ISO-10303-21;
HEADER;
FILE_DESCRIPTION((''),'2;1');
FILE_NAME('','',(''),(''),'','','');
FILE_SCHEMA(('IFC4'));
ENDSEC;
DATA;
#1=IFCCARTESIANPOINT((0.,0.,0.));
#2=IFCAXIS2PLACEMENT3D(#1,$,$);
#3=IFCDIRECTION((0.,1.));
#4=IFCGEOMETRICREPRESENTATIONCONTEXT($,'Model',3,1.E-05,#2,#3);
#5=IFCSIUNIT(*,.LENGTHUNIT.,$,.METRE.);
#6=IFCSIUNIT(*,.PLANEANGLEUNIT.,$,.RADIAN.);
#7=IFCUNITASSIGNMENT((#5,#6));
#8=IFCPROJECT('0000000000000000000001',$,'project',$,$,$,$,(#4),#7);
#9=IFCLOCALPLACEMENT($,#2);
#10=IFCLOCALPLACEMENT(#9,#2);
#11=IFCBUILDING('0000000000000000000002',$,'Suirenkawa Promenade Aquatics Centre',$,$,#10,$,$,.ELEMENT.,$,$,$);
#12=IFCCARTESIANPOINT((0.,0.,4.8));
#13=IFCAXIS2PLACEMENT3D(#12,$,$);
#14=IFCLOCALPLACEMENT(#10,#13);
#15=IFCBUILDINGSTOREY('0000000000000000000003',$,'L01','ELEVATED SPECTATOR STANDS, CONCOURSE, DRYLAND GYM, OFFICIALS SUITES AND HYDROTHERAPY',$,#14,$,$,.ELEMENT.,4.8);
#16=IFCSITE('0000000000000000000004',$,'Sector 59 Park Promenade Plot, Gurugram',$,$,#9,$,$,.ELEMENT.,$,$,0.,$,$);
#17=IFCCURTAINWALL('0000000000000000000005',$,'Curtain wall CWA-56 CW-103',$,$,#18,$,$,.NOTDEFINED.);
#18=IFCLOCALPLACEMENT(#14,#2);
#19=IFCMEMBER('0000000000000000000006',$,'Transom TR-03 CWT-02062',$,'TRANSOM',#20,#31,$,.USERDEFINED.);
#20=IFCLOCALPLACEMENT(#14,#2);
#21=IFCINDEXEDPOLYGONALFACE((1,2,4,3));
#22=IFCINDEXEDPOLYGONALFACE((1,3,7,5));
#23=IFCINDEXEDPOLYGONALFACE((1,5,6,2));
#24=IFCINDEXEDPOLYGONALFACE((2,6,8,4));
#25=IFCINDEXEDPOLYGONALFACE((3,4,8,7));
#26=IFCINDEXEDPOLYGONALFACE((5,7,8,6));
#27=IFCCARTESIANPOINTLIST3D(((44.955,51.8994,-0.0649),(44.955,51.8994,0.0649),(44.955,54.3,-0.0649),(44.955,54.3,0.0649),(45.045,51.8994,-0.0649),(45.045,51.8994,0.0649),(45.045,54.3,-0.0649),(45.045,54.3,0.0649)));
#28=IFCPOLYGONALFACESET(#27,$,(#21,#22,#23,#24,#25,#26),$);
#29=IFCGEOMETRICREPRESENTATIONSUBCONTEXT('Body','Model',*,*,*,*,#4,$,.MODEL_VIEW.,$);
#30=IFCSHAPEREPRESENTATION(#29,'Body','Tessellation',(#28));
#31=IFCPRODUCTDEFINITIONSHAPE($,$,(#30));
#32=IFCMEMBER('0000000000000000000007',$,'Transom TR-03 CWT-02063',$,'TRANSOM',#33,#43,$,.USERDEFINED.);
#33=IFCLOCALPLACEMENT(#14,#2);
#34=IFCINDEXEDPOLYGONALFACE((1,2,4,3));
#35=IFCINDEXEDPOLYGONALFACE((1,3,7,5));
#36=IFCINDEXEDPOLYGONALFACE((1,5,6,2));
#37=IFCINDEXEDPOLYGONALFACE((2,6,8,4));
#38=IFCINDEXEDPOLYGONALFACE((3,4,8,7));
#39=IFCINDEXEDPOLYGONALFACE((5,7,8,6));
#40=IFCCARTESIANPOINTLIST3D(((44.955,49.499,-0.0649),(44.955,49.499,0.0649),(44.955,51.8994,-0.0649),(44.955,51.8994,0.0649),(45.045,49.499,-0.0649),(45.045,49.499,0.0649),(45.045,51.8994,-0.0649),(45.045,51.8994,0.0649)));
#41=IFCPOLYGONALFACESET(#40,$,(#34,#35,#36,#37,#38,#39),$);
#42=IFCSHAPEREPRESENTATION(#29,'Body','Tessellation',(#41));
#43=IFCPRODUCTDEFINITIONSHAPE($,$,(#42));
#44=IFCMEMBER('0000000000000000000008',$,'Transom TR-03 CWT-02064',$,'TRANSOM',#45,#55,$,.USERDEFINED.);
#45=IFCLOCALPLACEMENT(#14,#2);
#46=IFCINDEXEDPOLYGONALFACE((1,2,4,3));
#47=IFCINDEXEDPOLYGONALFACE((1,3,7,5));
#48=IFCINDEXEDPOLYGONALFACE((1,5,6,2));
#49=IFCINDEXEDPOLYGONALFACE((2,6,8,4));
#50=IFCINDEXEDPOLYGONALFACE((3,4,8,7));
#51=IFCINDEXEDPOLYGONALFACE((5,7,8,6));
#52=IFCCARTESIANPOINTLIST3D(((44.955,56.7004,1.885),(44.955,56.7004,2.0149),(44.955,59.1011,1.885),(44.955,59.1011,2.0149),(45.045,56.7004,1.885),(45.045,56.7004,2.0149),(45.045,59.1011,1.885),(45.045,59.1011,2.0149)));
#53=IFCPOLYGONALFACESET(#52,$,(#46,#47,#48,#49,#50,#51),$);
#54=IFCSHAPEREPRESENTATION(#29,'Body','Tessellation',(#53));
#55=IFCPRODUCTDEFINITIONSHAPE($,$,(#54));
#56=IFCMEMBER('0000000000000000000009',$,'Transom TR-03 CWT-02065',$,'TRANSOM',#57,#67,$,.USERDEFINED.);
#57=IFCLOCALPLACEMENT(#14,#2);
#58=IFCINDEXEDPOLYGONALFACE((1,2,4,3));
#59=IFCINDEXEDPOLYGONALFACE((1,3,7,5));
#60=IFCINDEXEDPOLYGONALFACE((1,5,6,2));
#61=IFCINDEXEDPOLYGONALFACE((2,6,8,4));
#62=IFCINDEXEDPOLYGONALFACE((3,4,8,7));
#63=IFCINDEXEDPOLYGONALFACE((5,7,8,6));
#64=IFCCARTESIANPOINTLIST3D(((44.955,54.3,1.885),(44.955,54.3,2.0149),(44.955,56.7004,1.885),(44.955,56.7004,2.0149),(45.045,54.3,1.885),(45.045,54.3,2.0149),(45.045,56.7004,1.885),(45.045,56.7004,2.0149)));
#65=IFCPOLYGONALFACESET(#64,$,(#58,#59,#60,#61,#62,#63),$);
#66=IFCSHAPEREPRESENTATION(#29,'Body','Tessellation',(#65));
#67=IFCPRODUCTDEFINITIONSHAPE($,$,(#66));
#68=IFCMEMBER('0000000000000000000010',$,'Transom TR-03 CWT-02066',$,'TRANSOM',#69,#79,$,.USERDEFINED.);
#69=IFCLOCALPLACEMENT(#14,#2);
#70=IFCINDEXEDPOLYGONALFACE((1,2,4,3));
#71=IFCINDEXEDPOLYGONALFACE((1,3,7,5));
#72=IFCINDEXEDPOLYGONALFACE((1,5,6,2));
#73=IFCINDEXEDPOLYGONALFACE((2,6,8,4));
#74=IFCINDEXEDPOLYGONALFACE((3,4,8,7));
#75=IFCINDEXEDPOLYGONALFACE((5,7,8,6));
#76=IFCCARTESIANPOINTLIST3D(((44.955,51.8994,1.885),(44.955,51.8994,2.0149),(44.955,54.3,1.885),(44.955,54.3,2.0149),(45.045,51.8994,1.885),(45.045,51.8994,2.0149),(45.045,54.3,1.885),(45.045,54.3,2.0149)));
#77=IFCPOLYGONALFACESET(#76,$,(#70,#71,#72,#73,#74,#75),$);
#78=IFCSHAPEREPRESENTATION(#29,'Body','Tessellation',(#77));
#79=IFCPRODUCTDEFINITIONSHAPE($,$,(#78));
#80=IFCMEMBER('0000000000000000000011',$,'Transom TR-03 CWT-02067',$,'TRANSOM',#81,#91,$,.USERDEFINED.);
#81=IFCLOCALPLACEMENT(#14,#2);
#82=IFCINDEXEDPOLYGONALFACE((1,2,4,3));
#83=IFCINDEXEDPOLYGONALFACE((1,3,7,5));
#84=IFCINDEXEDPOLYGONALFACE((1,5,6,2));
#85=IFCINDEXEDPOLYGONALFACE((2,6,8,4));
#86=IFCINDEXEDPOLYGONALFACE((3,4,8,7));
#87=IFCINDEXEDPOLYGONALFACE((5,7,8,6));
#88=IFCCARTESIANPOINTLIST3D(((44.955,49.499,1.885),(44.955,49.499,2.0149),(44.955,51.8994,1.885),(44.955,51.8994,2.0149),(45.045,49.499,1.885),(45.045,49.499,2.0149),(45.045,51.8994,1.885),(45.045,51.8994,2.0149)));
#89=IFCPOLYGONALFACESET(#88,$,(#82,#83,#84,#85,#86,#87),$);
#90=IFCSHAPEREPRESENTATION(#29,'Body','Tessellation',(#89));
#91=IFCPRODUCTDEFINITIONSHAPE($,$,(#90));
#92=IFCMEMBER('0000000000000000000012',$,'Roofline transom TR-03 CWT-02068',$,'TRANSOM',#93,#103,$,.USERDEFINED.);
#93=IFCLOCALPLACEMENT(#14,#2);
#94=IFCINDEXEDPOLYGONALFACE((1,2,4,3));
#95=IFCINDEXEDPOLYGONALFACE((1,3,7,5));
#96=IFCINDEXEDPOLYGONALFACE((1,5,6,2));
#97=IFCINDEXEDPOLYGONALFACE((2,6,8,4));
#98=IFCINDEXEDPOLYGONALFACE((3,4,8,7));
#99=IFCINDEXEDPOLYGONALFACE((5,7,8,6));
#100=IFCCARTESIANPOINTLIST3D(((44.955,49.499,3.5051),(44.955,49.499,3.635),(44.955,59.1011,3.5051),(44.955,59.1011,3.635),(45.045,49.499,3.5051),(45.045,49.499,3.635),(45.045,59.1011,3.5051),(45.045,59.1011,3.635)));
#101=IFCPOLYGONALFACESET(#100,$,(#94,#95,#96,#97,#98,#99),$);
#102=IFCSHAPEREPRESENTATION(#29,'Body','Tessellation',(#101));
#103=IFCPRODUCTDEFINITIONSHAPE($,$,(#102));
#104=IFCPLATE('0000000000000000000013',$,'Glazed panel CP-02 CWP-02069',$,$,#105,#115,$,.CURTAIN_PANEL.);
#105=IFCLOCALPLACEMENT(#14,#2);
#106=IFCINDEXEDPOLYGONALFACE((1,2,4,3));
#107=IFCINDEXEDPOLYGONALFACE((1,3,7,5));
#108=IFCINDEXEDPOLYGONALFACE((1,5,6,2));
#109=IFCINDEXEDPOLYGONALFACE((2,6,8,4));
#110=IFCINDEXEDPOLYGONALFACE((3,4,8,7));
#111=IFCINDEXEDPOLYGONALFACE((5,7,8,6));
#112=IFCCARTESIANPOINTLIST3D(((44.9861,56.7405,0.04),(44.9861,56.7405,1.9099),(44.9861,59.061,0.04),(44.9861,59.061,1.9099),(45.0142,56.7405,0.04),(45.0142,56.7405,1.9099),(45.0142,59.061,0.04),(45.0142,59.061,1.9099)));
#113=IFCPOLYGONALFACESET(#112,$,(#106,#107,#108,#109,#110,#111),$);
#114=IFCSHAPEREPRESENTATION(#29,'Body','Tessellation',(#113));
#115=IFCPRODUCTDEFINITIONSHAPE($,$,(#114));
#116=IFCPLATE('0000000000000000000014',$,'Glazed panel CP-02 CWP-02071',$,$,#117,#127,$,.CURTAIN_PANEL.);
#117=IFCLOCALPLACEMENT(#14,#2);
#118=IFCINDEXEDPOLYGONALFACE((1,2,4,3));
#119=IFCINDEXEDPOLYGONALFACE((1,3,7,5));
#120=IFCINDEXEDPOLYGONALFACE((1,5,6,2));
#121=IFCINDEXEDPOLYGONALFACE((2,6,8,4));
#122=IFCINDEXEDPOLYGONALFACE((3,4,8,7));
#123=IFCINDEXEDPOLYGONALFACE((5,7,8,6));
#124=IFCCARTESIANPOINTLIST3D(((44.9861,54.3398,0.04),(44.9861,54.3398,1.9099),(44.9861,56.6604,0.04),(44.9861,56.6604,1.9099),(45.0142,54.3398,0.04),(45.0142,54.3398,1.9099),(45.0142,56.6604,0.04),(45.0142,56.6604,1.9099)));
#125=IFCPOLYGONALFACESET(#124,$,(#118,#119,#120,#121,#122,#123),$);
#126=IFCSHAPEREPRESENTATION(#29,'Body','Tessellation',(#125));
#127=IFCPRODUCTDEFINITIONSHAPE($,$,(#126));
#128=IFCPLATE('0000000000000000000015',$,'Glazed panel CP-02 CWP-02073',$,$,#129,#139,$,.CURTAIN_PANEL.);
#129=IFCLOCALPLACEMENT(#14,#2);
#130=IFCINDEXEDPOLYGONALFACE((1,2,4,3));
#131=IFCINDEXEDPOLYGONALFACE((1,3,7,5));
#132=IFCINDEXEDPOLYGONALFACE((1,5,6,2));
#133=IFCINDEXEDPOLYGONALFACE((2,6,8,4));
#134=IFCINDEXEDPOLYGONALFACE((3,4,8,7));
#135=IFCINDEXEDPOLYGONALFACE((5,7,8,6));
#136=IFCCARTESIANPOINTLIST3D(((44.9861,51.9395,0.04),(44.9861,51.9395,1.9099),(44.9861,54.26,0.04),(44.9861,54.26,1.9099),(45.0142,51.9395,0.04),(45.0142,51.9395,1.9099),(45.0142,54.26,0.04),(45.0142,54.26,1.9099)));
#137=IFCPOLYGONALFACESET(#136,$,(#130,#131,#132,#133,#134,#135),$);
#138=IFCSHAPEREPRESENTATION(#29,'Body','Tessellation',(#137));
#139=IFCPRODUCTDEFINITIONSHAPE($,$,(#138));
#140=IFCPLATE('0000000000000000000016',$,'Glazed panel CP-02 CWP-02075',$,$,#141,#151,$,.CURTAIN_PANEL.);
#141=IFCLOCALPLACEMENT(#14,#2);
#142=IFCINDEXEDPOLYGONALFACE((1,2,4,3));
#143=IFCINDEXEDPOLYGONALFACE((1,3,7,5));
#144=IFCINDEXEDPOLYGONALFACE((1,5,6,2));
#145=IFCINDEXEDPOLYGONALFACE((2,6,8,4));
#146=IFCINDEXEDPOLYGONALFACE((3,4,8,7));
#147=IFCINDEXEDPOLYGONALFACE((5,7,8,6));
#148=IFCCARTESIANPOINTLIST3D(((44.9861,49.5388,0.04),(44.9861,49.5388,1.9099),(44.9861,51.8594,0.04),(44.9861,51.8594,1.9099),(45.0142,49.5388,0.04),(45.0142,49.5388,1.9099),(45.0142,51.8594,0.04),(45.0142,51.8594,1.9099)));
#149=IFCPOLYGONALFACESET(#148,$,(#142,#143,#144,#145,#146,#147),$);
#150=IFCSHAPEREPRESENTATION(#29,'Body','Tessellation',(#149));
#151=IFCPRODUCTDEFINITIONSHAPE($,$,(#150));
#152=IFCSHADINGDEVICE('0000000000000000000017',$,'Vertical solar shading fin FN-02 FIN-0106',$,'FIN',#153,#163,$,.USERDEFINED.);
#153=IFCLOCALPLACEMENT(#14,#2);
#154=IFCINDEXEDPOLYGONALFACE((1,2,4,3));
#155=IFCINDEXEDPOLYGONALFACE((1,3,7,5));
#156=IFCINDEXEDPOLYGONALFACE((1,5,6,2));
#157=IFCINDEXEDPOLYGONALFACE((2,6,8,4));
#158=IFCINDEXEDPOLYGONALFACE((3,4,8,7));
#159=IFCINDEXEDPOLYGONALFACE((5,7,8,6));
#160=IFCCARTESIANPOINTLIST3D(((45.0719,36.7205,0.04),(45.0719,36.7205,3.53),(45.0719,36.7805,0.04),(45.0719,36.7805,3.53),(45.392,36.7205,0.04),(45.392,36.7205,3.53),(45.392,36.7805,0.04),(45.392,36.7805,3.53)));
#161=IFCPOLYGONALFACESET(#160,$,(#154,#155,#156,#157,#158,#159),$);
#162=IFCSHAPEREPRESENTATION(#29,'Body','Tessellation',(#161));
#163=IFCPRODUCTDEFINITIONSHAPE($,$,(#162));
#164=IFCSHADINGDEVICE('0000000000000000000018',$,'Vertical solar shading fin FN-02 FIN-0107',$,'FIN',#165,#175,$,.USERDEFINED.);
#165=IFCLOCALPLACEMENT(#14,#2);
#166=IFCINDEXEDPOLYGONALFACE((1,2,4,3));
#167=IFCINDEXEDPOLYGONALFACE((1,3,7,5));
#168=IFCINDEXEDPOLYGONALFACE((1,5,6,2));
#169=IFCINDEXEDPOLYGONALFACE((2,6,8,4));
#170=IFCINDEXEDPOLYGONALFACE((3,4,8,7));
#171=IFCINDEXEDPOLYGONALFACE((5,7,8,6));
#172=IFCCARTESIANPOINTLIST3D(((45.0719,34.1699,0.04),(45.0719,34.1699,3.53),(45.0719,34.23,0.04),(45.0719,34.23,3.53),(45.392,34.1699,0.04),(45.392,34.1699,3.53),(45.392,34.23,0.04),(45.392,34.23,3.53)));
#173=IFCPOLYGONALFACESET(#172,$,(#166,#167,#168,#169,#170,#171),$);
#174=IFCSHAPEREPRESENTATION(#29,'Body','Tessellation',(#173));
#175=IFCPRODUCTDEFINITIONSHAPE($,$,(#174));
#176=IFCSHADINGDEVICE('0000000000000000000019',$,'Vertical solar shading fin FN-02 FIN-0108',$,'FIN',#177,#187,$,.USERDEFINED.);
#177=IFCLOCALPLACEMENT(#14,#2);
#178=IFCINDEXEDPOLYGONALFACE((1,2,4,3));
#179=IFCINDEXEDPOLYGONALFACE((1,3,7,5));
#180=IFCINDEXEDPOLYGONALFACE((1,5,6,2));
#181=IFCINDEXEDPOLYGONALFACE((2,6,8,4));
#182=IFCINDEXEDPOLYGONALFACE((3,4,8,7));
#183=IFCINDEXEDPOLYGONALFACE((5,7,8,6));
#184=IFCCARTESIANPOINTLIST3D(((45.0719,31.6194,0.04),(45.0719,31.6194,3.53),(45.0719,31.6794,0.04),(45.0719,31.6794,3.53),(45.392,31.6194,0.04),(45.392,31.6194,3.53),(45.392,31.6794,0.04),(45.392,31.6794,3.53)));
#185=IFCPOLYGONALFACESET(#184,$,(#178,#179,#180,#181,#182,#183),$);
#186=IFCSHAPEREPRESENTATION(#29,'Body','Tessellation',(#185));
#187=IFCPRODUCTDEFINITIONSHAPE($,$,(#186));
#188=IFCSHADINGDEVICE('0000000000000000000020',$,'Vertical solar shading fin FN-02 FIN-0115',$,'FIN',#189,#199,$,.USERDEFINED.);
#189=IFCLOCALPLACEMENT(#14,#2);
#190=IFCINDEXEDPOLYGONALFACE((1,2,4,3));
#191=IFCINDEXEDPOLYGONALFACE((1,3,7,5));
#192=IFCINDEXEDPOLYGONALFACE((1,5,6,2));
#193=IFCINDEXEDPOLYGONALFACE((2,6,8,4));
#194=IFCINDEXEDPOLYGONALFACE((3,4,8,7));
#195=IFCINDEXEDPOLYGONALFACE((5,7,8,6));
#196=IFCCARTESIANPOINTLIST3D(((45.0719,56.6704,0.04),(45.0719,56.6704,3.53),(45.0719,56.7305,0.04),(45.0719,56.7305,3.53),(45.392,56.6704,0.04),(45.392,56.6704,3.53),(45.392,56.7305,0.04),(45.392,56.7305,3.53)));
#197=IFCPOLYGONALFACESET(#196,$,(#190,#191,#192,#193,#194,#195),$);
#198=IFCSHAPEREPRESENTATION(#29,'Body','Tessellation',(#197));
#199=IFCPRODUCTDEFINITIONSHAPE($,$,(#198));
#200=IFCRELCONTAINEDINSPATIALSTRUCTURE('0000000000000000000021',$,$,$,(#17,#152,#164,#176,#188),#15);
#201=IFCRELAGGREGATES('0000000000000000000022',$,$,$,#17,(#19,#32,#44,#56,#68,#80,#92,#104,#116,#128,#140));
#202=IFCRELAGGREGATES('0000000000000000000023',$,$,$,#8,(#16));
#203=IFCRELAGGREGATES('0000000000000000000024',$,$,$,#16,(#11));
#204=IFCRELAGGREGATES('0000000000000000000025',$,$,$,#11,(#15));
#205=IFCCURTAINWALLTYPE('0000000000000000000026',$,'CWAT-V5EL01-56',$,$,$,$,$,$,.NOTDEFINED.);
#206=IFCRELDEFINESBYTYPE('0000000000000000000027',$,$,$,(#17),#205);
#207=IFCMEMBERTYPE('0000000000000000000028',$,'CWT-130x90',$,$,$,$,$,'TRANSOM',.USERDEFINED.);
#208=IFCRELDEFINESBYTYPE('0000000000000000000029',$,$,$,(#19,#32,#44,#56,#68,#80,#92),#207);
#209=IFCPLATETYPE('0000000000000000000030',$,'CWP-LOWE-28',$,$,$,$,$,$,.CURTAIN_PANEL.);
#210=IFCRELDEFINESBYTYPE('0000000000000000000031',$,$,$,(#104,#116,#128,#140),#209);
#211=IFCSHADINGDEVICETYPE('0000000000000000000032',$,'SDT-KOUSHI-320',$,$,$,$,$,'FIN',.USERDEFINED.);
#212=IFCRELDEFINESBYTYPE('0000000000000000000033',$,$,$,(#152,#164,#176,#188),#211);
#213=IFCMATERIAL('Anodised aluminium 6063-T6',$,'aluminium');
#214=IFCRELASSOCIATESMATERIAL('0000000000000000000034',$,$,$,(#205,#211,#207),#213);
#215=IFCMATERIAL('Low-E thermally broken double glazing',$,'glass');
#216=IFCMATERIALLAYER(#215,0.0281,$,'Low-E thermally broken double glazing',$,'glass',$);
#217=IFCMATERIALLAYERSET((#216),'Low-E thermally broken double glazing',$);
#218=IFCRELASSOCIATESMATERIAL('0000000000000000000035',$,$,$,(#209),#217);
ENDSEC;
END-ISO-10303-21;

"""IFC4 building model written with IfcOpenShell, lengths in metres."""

from ifc_helpers import new_model, si_unit, direction, frame, origin, origin_2d, place, context, subcontext, project, spatial, polyline, rectangle, outline, extrude, material, layer, layer_set, material_profile, profile_set, type_object, element, aggregate, save


model = new_model("IFC4")

# Units and contexts
model_context = context("Model", 3, precision=1e-05, world=origin(), true_north=direction((0.0, 1.0)))
body_context = subcontext(model_context, "Body", "Model", "MODEL_VIEW")
ifc_project = project(units=[si_unit("LENGTHUNIT", "METRE"), si_unit("PLANEANGLEUNIT", "RADIAN")], contexts=[model_context])

# Site, building, storey
site_placement = place(None, origin())
site = spatial("IfcSite", under=ifc_project, at=site_placement, Name="Sector 59 Park Promenade Plot, Gurugram", CompositionType="ELEMENT", RefElevation=0.0)
building_placement = place(site_placement, origin())
building = spatial("IfcBuilding", under=site, at=building_placement, Name="Suirenkawa Promenade Aquatics Centre", CompositionType="ELEMENT")
storey_placement = place(building_placement, frame((0.0, 0.0, 4.8)))
storey = spatial("IfcBuildingStorey", under=building, at=storey_placement, Name="L01", Description="ELEVATED SPECTATOR STANDS, CONCOURSE, DRYLAND GYM, OFFICIALS SUITES AND HYDROTHERAPY", CompositionType="ELEMENT", Elevation=4.8)

# Curtain wall, members, plates
ifc_material_1 = material(Name="Anodised aluminium 6063-T6", Category="aluminium")
curtain_wall_type = type_object("IfcCurtainWallType", Name="CWAT-V5EL01-56", PredefinedType="NOTDEFINED", material=ifc_material_1)
curtain_wall_placement = place(storey_placement, origin())
curtain_wall = element("IfcCurtainWall", 1, at=curtain_wall_placement, inside=storey, type_object=curtain_wall_type, Name="Curtain wall CWA-56 CW-103", PredefinedType="NOTDEFINED")
ifc_material_profile_1 = material_profile(ifc_material_1, rectangle(XDim=0.0901, YDim=0.1299, at=origin_2d()), Name="ALU TRAN 90x130", Category="aluminium")
ifc_profile_set_1 = profile_set([ifc_material_profile_1], Name="Anodised aluminium 6063-T6")
member_type_1 = type_object("IfcMemberType", Name="CWT-130x90", ElementType="TRANSOM", PredefinedType="USERDEFINED", material=ifc_profile_set_1)
member_1_placement = place(storey_placement, frame((45.0, 54.3, 0.0), z_axis=(0.0, -1.0, 0.0), x_axis=(1.0, 0.0, 0.0)))
member_1 = element("IfcMember", 2, at=member_1_placement, type_object=member_type_1, Name="Transom TR-03 CWT-02062", ObjectType="TRANSOM", PredefinedType="USERDEFINED", context=body_context, shape_type="SweptSolid", body=[
    extrude(rectangle(XDim=0.0901, YDim=0.1299, at=origin_2d()), origin(), (0.0, 0.0, 1.0), 2.4006),
])
member_2_placement = place(storey_placement, frame((45.0, 51.8994, 0.0), z_axis=(0.0, -1.0, 0.0), x_axis=(1.0, 0.0, 0.0)))
member_2 = element("IfcMember", 3, at=member_2_placement, type_object=member_type_1, Name="Transom TR-03 CWT-02063", ObjectType="TRANSOM", PredefinedType="USERDEFINED", context=body_context, shape_type="SweptSolid", body=[
    extrude(rectangle(XDim=0.0901, YDim=0.1299, at=origin_2d()), origin(), (0.0, 0.0, 1.0), 2.4004),
])
member_3_placement = place(storey_placement, frame((45.0, 59.1011, 1.95), z_axis=(0.0, -1.0, 0.0), x_axis=(1.0, 0.0, 0.0)))
member_3 = element("IfcMember", 4, at=member_3_placement, type_object=member_type_1, Name="Transom TR-03 CWT-02064", ObjectType="TRANSOM", PredefinedType="USERDEFINED", context=body_context, shape_type="SweptSolid", body=[
    extrude(rectangle(XDim=0.0901, YDim=0.1299, at=origin_2d()), origin(), (0.0, 0.0, 1.0), 2.4006),
])
member_4_placement = place(storey_placement, frame((45.0, 56.7004, 1.95), z_axis=(0.0, -1.0, 0.0), x_axis=(1.0, 0.0, 0.0)))
member_4 = element("IfcMember", 5, at=member_4_placement, type_object=member_type_1, Name="Transom TR-03 CWT-02065", ObjectType="TRANSOM", PredefinedType="USERDEFINED", context=body_context, shape_type="SweptSolid", body=[
    extrude(rectangle(XDim=0.0901, YDim=0.1299, at=origin_2d()), origin(), (0.0, 0.0, 1.0), 2.4004),
])
member_5_placement = place(storey_placement, frame((45.0, 54.3, 1.95), z_axis=(0.0, -1.0, 0.0), x_axis=(1.0, 0.0, 0.0)))
member_5 = element("IfcMember", 6, at=member_5_placement, type_object=member_type_1, Name="Transom TR-03 CWT-02066", ObjectType="TRANSOM", PredefinedType="USERDEFINED", context=body_context, shape_type="SweptSolid", body=[
    extrude(rectangle(XDim=0.0901, YDim=0.1299, at=origin_2d()), origin(), (0.0, 0.0, 1.0), 2.4006),
])
member_6_placement = place(storey_placement, frame((45.0, 51.8994, 1.95), z_axis=(0.0, -1.0, 0.0), x_axis=(1.0, 0.0, 0.0)))
member_6 = element("IfcMember", 7, at=member_6_placement, type_object=member_type_1, Name="Transom TR-03 CWT-02067", ObjectType="TRANSOM", PredefinedType="USERDEFINED", context=body_context, shape_type="SweptSolid", body=[
    extrude(rectangle(XDim=0.0901, YDim=0.1299, at=origin_2d()), origin(), (0.0, 0.0, 1.0), 2.4004),
])
member_7_placement = place(storey_placement, frame((45.0, 59.1011, 3.5701), z_axis=(0.0, -1.0, 0.0), x_axis=(1.0, 0.0, 0.0)))
member_7 = element("IfcMember", 8, at=member_7_placement, type_object=member_type_1, Name="Roofline transom TR-03 CWT-02068", ObjectType="TRANSOM", PredefinedType="USERDEFINED", context=body_context, shape_type="SweptSolid", body=[
    extrude(rectangle(XDim=0.0901, YDim=0.1299, at=origin_2d()), origin(), (0.0, 0.0, 1.0), 9.6021),
])
ifc_material_2 = material(Name="Low-E thermally broken double glazing", Category="glass")
ifc_layer = layer(ifc_material_2, 0.0281, Name="Low-E thermally broken double glazing", Category="glass")
ifc_layer_set = layer_set([ifc_layer], Name="Low-E thermally broken double glazing")
plate_type = type_object("IfcPlateType", Name="CWP-LOWE-28", PredefinedType="CURTAIN_PANEL", material=ifc_layer_set)
plate_1_placement = place(storey_placement, frame((45.0, 59.1011, 0.04), z_axis=(0.0, 0.0, 1.0), x_axis=(0.0, -1.0, 0.0)))
plate_1 = element("IfcPlate", 9, at=plate_1_placement, type_object=plate_type, Name="Glazed panel CP-02 CWP-02069", PredefinedType="CURTAIN_PANEL", context=body_context, shape_type="SweptSolid", body=[
    extrude(outline(polyline([(0.04, 0.0), (2.3606, 0.0), (2.3606, 1.8699), (0.04, 1.8699), (0.04, 0.0)])), frame((0.0, 0.0142, 0.0), z_axis=(0.0, -1.0, 0.0), x_axis=(1.0, 0.0, 0.0)), (0.0, 0.0, 1.0), 0.0281),
])
plate_2_placement = place(storey_placement, frame((45.0, 56.7004, 0.04), z_axis=(0.0, 0.0, 1.0), x_axis=(0.0, -1.0, 0.0)))
plate_2 = element("IfcPlate", 10, at=plate_2_placement, type_object=plate_type, Name="Glazed panel CP-02 CWP-02071", PredefinedType="CURTAIN_PANEL", context=body_context, shape_type="SweptSolid", body=[
    extrude(outline(polyline([(0.04, 0.0), (2.3606, 0.0), (2.3606, 1.8699), (0.04, 1.8699), (0.04, 0.0)])), frame((0.0, 0.0142, 0.0), z_axis=(0.0, -1.0, 0.0), x_axis=(1.0, 0.0, 0.0)), (0.0, 0.0, 1.0), 0.0281),
])
plate_3_placement = place(storey_placement, frame((45.0, 54.3, 0.04), z_axis=(0.0, 0.0, 1.0), x_axis=(0.0, -1.0, 0.0)))
plate_3 = element("IfcPlate", 11, at=plate_3_placement, type_object=plate_type, Name="Glazed panel CP-02 CWP-02073", PredefinedType="CURTAIN_PANEL", context=body_context, shape_type="SweptSolid", body=[
    extrude(outline(polyline([(0.04, 0.0), (2.3606, 0.0), (2.3606, 1.8699), (0.04, 1.8699), (0.04, 0.0)])), frame((0.0, 0.0142, 0.0), z_axis=(0.0, -1.0, 0.0), x_axis=(1.0, 0.0, 0.0)), (0.0, 0.0, 1.0), 0.0281),
])
plate_4_placement = place(storey_placement, frame((45.0, 51.8994, 0.04), z_axis=(0.0, 0.0, 1.0), x_axis=(0.0, -1.0, 0.0)))
plate_4 = element("IfcPlate", 12, at=plate_4_placement, type_object=plate_type, Name="Glazed panel CP-02 CWP-02075", PredefinedType="CURTAIN_PANEL", context=body_context, shape_type="SweptSolid", body=[
    extrude(outline(polyline([(0.04, 0.0), (2.3606, 0.0), (2.3606, 1.8699), (0.04, 1.8699), (0.04, 0.0)])), frame((0.0, 0.0142, 0.0), z_axis=(0.0, -1.0, 0.0), x_axis=(1.0, 0.0, 0.0)), (0.0, 0.0, 1.0), 0.0281),
])
aggregate(curtain_wall, [member_1, member_2, member_3, member_4, member_5, member_6, member_7, plate_1, plate_2, plate_3, plate_4])

# Shading devices
shading_device_type = type_object("IfcShadingDeviceType", Name="SDT-KOUSHI-320", ElementType="FIN", PredefinedType="USERDEFINED", material=ifc_material_1)
for number, where, z_axis, x_axis, name in (
    (13, (45.2319, 36.7505, 0.04), (0.0, 0.0, 1.0), (1.0, 0.0, 0.0), "Vertical solar shading fin FN-02 FIN-0106"),
    (14, (45.2319, 34.2, 0.04), (0.0, 0.0, 1.0), (1.0, 0.0, 0.0), "Vertical solar shading fin FN-02 FIN-0107"),
    (15, (45.2319, 31.6494, 0.04), (0.0, 0.0, 1.0), (1.0, 0.0, 0.0), "Vertical solar shading fin FN-02 FIN-0108"),
    (16, (45.2319, 56.7004, 0.04), (0.0, 0.0, 1.0), (1.0, 0.0, 0.0), "Vertical solar shading fin FN-02 FIN-0115"),
):
    element("IfcShadingDevice", number, at=place(storey_placement, frame(where, z_axis=z_axis, x_axis=x_axis)), inside=storey, type_object=shading_device_type, Name=name, ObjectType="FIN", PredefinedType="USERDEFINED", context=body_context, shape_type="SweptSolid", body=[
        extrude(rectangle(XDim=0.3201, YDim=0.0601, at=origin_2d()), origin(), (0.0, 0.0, 1.0), 3.49),
    ])

save(model, "model.ifc")
